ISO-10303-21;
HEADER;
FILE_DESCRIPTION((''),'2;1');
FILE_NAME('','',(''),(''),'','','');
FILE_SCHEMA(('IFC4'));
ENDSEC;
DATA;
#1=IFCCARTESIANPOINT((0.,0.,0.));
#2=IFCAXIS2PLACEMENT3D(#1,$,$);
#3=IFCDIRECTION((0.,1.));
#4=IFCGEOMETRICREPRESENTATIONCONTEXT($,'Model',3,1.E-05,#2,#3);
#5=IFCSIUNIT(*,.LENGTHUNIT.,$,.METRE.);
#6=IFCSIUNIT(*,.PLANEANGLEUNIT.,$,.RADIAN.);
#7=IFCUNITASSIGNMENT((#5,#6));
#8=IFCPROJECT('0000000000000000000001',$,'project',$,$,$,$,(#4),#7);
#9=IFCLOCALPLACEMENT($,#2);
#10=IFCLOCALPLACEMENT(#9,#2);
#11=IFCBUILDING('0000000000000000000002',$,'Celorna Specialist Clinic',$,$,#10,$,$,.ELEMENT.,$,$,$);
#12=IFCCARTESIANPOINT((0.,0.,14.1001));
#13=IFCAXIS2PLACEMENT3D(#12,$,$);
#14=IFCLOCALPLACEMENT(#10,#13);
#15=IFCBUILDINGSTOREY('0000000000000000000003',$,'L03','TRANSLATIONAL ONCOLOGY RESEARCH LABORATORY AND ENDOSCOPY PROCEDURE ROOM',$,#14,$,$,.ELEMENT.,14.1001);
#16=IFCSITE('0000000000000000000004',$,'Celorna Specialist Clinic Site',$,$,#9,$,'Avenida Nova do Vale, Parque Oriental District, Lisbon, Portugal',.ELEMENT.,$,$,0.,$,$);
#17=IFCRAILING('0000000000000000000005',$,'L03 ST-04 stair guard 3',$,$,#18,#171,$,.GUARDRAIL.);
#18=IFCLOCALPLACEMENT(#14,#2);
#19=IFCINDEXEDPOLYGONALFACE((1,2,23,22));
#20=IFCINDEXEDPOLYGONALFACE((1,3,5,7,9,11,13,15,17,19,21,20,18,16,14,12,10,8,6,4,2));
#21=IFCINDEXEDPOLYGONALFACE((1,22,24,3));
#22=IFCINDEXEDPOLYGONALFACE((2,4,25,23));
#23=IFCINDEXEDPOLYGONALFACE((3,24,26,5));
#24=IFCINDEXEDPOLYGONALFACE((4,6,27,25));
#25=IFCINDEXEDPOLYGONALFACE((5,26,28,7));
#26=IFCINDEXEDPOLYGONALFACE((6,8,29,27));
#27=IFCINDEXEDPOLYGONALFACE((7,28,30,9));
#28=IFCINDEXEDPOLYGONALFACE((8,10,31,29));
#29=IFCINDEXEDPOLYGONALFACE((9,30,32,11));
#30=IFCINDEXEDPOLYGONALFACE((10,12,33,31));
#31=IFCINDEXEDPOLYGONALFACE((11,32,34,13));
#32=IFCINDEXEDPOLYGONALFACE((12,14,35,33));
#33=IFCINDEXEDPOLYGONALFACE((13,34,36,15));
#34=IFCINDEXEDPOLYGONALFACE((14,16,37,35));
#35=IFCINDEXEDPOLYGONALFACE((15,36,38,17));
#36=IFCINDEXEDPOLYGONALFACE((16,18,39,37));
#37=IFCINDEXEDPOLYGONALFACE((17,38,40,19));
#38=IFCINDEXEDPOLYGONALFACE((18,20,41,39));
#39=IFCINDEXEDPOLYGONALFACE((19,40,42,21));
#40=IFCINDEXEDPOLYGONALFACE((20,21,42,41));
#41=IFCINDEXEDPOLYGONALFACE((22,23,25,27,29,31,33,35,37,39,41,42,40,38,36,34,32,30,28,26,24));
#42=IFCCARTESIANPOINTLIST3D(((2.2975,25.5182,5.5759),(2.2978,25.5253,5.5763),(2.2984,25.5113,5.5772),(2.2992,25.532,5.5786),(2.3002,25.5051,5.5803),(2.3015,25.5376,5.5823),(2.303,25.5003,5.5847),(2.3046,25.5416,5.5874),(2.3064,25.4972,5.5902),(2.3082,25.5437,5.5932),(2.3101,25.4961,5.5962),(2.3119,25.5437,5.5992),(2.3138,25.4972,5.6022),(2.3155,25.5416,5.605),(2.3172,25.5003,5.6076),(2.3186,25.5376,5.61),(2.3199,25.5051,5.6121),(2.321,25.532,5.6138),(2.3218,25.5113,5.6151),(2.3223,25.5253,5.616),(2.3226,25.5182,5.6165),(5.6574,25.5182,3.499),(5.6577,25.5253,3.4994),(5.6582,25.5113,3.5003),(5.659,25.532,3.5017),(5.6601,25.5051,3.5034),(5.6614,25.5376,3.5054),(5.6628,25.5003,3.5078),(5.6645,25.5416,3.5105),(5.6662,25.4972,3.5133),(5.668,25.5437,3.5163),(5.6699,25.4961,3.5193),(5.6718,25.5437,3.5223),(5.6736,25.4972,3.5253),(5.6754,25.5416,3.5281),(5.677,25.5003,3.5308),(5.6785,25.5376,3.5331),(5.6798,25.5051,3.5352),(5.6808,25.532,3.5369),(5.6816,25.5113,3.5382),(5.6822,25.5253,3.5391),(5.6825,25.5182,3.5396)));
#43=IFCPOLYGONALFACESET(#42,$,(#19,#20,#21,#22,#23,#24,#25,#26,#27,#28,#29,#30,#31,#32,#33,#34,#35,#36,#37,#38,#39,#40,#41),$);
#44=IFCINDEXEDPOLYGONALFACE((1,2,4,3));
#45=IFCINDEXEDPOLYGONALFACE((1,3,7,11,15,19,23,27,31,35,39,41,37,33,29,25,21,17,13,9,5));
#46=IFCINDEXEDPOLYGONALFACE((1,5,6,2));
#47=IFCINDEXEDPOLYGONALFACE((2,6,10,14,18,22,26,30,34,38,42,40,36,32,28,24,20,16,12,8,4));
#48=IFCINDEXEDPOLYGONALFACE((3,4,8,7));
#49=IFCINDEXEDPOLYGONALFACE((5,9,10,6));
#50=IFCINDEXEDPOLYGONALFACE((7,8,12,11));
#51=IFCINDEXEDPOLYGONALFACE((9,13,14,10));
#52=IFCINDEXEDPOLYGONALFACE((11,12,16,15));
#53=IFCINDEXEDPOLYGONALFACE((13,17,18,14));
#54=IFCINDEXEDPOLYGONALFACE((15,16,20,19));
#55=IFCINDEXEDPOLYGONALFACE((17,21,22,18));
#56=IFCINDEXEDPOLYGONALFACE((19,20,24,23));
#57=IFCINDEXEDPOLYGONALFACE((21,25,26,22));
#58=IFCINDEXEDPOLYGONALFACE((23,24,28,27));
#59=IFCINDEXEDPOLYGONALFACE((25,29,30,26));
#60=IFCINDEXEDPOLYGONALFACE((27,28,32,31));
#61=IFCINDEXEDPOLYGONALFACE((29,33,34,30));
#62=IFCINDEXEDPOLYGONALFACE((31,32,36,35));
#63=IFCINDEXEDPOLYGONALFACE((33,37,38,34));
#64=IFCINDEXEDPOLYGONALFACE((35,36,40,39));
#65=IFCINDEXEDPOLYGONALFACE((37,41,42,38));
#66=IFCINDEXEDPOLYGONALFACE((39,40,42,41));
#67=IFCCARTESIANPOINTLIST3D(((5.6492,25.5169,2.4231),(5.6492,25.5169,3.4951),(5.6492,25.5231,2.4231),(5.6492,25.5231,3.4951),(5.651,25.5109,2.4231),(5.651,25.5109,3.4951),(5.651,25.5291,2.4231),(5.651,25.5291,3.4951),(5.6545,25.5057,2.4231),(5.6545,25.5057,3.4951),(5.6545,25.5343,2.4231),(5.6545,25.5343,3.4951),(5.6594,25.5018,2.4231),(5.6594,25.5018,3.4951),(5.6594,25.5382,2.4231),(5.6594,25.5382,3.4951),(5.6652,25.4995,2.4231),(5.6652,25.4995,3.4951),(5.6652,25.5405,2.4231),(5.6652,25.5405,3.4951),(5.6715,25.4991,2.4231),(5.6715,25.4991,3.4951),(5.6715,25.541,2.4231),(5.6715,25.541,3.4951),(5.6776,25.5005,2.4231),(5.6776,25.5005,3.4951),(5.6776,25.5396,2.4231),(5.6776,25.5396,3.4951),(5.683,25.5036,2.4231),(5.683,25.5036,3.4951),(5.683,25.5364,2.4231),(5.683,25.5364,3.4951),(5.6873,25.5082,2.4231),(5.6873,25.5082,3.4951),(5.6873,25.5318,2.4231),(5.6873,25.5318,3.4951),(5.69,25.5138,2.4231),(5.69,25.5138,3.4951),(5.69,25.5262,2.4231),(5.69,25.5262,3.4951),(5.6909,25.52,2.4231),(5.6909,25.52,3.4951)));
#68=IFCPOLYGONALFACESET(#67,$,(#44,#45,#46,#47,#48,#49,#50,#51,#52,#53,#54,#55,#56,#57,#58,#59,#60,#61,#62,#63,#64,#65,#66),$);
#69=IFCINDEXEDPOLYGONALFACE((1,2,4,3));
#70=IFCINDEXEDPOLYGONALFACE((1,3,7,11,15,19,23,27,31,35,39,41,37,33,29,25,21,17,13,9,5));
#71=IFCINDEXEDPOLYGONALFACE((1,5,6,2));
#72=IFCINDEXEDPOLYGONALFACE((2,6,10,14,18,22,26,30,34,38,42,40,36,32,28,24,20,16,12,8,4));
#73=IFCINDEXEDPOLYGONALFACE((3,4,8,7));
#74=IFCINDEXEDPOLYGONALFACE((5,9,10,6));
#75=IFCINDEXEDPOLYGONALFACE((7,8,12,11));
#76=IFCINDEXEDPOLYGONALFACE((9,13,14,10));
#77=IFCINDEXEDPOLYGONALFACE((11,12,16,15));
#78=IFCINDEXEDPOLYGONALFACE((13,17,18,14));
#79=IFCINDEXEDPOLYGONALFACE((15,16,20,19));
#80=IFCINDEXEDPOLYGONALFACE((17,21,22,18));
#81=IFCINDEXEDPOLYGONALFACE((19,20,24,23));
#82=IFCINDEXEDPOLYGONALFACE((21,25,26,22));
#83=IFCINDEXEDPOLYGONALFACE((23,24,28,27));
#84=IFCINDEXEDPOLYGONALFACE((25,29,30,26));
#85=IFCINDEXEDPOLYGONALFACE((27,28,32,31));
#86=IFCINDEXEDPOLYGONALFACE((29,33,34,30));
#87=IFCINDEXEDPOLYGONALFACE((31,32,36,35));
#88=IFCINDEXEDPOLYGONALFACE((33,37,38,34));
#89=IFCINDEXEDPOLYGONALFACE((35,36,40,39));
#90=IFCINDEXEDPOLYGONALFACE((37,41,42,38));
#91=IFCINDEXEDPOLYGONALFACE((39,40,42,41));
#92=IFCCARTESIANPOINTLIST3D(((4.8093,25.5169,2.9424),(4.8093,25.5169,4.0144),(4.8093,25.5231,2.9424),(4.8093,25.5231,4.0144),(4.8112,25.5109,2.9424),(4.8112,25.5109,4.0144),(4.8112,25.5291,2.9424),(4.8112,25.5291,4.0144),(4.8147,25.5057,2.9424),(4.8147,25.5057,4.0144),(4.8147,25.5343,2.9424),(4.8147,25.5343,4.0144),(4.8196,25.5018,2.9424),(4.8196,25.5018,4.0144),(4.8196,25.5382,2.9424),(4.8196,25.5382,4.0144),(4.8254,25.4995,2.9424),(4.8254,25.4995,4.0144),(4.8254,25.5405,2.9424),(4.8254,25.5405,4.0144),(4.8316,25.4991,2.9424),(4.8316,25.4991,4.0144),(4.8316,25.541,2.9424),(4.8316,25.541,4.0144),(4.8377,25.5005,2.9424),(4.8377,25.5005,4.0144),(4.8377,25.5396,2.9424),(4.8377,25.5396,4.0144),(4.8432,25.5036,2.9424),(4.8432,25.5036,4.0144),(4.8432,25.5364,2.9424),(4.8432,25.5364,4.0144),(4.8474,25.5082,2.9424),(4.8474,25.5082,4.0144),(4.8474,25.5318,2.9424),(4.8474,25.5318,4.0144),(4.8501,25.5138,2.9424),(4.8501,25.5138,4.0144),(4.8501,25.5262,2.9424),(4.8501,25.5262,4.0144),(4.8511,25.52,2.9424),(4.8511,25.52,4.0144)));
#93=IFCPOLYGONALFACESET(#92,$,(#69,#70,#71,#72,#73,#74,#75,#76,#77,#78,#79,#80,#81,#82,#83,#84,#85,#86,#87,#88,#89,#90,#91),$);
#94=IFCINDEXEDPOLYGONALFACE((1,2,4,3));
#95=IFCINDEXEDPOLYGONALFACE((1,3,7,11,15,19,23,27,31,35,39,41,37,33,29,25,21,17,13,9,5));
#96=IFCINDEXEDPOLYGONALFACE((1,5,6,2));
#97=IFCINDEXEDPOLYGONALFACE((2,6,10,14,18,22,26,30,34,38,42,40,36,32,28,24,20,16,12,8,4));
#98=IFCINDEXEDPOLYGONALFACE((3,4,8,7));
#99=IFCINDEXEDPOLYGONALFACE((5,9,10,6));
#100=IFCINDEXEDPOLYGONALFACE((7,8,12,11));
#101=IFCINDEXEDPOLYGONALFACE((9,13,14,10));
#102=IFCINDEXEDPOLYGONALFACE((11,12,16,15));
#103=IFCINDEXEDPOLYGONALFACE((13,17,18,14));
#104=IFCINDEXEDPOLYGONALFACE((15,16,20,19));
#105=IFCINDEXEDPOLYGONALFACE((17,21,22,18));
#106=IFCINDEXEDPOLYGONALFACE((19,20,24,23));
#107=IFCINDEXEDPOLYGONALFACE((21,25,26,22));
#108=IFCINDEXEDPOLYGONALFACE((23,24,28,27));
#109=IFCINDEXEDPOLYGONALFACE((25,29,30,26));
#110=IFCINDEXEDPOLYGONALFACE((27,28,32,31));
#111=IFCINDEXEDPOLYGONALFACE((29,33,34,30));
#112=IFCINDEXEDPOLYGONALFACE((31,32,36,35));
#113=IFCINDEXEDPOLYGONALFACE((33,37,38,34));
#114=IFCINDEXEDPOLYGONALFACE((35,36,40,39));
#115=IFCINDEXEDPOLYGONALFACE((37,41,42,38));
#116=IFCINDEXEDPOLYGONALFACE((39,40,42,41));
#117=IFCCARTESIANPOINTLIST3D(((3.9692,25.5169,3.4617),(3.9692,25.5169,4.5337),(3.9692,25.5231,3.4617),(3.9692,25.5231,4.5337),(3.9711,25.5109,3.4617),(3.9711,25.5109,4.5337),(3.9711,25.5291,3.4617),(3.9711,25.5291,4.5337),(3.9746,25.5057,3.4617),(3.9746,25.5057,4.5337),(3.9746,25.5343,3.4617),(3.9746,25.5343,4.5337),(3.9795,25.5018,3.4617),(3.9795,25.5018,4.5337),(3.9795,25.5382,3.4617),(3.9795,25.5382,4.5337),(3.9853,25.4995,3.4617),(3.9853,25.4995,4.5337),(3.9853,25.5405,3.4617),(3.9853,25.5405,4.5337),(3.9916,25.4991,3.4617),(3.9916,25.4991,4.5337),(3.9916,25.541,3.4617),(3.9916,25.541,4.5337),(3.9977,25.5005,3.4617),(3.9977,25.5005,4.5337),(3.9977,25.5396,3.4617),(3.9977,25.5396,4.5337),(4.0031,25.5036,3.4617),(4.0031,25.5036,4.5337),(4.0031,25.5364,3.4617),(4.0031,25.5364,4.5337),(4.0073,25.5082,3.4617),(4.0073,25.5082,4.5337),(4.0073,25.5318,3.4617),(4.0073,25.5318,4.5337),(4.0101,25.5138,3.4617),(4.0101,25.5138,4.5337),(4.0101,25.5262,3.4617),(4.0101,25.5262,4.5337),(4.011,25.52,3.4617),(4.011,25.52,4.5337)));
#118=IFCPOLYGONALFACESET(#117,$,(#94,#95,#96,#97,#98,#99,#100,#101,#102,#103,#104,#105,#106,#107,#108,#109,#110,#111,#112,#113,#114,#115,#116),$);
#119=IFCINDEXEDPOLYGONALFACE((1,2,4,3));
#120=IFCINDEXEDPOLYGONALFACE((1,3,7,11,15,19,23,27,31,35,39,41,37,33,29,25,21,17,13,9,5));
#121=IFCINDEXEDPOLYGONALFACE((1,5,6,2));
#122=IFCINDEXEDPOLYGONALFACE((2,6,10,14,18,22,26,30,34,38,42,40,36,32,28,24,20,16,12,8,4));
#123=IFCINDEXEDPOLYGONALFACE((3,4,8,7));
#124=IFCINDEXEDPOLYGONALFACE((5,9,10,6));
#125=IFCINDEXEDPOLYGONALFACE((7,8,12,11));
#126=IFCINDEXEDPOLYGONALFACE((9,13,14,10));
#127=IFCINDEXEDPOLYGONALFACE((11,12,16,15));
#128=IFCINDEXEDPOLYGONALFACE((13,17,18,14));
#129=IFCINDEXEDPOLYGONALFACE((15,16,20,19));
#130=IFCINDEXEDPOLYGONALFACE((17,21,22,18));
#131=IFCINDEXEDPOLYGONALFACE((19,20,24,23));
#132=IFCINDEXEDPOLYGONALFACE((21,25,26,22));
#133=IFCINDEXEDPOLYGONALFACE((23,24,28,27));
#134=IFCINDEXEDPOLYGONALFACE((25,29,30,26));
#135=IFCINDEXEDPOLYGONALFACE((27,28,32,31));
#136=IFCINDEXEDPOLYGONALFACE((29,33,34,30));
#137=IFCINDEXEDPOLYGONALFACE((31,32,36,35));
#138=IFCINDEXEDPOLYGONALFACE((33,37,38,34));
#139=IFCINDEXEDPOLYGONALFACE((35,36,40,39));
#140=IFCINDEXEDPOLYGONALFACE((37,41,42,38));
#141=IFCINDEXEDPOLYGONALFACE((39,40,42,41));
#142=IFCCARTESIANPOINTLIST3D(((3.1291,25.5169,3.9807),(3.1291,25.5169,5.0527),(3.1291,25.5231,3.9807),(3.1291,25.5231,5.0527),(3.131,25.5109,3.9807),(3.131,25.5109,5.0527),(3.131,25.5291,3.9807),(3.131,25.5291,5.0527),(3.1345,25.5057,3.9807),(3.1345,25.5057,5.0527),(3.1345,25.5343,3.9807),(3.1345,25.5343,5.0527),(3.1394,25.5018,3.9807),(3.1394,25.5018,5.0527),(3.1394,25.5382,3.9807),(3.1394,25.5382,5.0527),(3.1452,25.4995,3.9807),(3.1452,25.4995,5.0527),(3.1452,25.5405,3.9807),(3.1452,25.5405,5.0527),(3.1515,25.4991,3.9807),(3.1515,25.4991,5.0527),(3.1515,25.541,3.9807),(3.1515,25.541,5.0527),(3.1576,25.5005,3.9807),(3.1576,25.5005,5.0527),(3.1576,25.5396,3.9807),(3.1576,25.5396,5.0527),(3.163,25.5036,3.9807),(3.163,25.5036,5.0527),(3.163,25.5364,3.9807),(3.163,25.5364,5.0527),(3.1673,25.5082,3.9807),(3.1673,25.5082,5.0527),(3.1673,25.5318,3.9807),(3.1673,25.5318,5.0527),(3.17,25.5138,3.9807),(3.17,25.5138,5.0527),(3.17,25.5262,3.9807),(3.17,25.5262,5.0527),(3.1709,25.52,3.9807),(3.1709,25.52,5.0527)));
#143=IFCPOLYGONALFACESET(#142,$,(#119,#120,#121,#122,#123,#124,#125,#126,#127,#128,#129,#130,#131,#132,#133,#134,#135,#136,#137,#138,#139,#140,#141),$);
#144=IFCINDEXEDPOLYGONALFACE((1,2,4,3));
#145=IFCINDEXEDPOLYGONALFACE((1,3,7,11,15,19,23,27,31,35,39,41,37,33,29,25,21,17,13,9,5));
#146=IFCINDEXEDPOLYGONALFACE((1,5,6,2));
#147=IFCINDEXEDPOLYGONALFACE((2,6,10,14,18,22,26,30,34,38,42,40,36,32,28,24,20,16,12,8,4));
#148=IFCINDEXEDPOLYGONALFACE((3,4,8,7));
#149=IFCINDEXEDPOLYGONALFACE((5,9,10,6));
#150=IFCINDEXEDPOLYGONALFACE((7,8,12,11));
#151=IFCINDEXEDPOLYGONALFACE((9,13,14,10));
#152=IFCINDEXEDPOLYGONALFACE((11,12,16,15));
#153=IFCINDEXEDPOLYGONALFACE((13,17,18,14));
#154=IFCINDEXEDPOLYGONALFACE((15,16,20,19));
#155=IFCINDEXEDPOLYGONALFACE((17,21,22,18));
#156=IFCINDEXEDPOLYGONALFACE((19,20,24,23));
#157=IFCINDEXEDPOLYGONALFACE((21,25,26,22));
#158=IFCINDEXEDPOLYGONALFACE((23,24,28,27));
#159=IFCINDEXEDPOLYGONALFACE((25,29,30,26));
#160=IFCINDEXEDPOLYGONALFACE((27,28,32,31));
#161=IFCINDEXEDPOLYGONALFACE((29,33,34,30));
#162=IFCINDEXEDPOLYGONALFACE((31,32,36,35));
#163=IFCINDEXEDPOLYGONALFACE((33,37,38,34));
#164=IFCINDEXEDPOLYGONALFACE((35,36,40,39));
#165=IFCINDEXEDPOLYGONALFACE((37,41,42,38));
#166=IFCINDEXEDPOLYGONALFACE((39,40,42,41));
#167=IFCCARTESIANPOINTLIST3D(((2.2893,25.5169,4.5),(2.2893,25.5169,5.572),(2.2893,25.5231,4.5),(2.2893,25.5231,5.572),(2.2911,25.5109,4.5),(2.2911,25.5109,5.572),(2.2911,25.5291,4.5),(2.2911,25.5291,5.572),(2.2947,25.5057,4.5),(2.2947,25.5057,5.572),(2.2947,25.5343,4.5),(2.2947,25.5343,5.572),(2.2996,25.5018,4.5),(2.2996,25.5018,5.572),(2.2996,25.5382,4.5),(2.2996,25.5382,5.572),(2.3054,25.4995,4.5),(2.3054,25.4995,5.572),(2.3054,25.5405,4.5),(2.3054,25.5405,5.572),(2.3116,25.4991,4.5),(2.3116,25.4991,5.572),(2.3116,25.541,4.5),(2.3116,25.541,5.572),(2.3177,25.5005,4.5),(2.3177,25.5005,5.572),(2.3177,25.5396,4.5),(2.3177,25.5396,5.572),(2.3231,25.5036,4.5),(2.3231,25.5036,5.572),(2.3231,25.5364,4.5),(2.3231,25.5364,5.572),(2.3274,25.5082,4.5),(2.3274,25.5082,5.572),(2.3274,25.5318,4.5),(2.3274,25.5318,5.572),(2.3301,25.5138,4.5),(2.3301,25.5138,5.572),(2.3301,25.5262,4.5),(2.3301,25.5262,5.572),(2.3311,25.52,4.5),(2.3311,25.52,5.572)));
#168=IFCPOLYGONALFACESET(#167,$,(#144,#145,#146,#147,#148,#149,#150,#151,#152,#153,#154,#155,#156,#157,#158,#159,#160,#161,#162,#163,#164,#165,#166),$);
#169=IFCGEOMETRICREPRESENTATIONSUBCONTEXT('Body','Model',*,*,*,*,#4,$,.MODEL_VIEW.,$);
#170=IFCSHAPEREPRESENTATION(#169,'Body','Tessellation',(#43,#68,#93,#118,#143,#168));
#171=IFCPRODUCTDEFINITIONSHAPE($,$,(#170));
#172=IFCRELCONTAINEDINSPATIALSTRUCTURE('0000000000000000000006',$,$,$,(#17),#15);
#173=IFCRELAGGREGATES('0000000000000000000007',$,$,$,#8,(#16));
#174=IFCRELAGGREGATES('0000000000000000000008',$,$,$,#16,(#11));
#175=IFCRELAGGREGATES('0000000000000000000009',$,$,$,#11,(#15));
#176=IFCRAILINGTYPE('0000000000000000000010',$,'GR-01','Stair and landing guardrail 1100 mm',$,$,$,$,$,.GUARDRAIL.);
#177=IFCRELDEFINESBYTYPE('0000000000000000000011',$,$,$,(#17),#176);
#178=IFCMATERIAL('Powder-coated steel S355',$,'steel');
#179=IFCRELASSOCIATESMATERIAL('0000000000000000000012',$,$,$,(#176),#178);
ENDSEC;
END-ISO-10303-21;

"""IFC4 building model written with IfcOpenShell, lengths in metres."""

from ifc_helpers import new_model, si_unit, direction, frame, origin, origin_2d, place, context, subcontext, project, spatial, circle, extrude, material, type_object, element, save


model = new_model("IFC4")

# Units and contexts
model_context = context("Model", 3, precision=1e-05, world=origin(), true_north=direction((0.0, 1.0)))
body_context = subcontext(model_context, "Body", "Model", "MODEL_VIEW")
ifc_project = project(units=[si_unit("LENGTHUNIT", "METRE"), si_unit("PLANEANGLEUNIT", "RADIAN")], contexts=[model_context])

# Site, building, storey
site_placement = place(None, origin())
site = spatial("IfcSite", under=ifc_project, at=site_placement, Name="Celorna Specialist Clinic Site", LongName="Avenida Nova do Vale, Parque Oriental District, Lisbon, Portugal", CompositionType="ELEMENT", RefElevation=0.0)
building_placement = place(site_placement, origin())
building = spatial("IfcBuilding", under=site, at=building_placement, Name="Celorna Specialist Clinic", CompositionType="ELEMENT")
storey_placement = place(building_placement, frame((0.0, 0.0, 14.1001)))
storey = spatial("IfcBuildingStorey", under=building, at=storey_placement, Name="L03", Description="TRANSLATIONAL ONCOLOGY RESEARCH LABORATORY AND ENDOSCOPY PROCEDURE ROOM", CompositionType="ELEMENT", Elevation=14.1001)

# Railing
ifc_material_1 = material(Name="Powder-coated steel S355", Category="steel")
railing_type_1 = type_object("IfcRailingType", Name="GR-01", Description="Stair and landing guardrail 1100 mm", PredefinedType="GUARDRAIL", material=ifc_material_1)
railing_1_placement = place(storey_placement, frame((5.6699, 25.52, 2.4231)))
element("IfcRailing", 1, at=railing_1_placement, inside=storey, type_object=railing_type_1, Name="L03 ST-04 stair guard 3", PredefinedType="GUARDRAIL", context=body_context, shape_type="SweptSolid", body=[
    extrude(circle(Radius=0.0239, at=origin_2d()), frame((0.0, 0.0, 1.0962), z_axis=(-0.850606, 0.0, 0.525803), x_axis=(0.0, -1.0, 0.0)), (0.0, 0.0, 1.0), 3.95),
    extrude(circle(Radius=0.021, at=origin_2d()), origin(), (0.0, 0.0, 1.0), 1.072),
    extrude(circle(Radius=0.021, at=origin_2d()), frame((-0.8398, 0.0, 0.5193)), (0.0, 0.0, 1.0), 1.072),
    extrude(circle(Radius=0.021, at=origin_2d()), frame((-1.6799, 0.0, 1.0386)), (0.0, 0.0, 1.0), 1.072),
    extrude(circle(Radius=0.021, at=origin_2d()), frame((-2.52, 0.0, 1.5576)), (0.0, 0.0, 1.0), 1.072),
    extrude(circle(Radius=0.021, at=origin_2d()), frame((-3.3599, 0.0, 2.0769)), (0.0, 0.0, 1.0), 1.072),
])

save(model, "model.ifc")
